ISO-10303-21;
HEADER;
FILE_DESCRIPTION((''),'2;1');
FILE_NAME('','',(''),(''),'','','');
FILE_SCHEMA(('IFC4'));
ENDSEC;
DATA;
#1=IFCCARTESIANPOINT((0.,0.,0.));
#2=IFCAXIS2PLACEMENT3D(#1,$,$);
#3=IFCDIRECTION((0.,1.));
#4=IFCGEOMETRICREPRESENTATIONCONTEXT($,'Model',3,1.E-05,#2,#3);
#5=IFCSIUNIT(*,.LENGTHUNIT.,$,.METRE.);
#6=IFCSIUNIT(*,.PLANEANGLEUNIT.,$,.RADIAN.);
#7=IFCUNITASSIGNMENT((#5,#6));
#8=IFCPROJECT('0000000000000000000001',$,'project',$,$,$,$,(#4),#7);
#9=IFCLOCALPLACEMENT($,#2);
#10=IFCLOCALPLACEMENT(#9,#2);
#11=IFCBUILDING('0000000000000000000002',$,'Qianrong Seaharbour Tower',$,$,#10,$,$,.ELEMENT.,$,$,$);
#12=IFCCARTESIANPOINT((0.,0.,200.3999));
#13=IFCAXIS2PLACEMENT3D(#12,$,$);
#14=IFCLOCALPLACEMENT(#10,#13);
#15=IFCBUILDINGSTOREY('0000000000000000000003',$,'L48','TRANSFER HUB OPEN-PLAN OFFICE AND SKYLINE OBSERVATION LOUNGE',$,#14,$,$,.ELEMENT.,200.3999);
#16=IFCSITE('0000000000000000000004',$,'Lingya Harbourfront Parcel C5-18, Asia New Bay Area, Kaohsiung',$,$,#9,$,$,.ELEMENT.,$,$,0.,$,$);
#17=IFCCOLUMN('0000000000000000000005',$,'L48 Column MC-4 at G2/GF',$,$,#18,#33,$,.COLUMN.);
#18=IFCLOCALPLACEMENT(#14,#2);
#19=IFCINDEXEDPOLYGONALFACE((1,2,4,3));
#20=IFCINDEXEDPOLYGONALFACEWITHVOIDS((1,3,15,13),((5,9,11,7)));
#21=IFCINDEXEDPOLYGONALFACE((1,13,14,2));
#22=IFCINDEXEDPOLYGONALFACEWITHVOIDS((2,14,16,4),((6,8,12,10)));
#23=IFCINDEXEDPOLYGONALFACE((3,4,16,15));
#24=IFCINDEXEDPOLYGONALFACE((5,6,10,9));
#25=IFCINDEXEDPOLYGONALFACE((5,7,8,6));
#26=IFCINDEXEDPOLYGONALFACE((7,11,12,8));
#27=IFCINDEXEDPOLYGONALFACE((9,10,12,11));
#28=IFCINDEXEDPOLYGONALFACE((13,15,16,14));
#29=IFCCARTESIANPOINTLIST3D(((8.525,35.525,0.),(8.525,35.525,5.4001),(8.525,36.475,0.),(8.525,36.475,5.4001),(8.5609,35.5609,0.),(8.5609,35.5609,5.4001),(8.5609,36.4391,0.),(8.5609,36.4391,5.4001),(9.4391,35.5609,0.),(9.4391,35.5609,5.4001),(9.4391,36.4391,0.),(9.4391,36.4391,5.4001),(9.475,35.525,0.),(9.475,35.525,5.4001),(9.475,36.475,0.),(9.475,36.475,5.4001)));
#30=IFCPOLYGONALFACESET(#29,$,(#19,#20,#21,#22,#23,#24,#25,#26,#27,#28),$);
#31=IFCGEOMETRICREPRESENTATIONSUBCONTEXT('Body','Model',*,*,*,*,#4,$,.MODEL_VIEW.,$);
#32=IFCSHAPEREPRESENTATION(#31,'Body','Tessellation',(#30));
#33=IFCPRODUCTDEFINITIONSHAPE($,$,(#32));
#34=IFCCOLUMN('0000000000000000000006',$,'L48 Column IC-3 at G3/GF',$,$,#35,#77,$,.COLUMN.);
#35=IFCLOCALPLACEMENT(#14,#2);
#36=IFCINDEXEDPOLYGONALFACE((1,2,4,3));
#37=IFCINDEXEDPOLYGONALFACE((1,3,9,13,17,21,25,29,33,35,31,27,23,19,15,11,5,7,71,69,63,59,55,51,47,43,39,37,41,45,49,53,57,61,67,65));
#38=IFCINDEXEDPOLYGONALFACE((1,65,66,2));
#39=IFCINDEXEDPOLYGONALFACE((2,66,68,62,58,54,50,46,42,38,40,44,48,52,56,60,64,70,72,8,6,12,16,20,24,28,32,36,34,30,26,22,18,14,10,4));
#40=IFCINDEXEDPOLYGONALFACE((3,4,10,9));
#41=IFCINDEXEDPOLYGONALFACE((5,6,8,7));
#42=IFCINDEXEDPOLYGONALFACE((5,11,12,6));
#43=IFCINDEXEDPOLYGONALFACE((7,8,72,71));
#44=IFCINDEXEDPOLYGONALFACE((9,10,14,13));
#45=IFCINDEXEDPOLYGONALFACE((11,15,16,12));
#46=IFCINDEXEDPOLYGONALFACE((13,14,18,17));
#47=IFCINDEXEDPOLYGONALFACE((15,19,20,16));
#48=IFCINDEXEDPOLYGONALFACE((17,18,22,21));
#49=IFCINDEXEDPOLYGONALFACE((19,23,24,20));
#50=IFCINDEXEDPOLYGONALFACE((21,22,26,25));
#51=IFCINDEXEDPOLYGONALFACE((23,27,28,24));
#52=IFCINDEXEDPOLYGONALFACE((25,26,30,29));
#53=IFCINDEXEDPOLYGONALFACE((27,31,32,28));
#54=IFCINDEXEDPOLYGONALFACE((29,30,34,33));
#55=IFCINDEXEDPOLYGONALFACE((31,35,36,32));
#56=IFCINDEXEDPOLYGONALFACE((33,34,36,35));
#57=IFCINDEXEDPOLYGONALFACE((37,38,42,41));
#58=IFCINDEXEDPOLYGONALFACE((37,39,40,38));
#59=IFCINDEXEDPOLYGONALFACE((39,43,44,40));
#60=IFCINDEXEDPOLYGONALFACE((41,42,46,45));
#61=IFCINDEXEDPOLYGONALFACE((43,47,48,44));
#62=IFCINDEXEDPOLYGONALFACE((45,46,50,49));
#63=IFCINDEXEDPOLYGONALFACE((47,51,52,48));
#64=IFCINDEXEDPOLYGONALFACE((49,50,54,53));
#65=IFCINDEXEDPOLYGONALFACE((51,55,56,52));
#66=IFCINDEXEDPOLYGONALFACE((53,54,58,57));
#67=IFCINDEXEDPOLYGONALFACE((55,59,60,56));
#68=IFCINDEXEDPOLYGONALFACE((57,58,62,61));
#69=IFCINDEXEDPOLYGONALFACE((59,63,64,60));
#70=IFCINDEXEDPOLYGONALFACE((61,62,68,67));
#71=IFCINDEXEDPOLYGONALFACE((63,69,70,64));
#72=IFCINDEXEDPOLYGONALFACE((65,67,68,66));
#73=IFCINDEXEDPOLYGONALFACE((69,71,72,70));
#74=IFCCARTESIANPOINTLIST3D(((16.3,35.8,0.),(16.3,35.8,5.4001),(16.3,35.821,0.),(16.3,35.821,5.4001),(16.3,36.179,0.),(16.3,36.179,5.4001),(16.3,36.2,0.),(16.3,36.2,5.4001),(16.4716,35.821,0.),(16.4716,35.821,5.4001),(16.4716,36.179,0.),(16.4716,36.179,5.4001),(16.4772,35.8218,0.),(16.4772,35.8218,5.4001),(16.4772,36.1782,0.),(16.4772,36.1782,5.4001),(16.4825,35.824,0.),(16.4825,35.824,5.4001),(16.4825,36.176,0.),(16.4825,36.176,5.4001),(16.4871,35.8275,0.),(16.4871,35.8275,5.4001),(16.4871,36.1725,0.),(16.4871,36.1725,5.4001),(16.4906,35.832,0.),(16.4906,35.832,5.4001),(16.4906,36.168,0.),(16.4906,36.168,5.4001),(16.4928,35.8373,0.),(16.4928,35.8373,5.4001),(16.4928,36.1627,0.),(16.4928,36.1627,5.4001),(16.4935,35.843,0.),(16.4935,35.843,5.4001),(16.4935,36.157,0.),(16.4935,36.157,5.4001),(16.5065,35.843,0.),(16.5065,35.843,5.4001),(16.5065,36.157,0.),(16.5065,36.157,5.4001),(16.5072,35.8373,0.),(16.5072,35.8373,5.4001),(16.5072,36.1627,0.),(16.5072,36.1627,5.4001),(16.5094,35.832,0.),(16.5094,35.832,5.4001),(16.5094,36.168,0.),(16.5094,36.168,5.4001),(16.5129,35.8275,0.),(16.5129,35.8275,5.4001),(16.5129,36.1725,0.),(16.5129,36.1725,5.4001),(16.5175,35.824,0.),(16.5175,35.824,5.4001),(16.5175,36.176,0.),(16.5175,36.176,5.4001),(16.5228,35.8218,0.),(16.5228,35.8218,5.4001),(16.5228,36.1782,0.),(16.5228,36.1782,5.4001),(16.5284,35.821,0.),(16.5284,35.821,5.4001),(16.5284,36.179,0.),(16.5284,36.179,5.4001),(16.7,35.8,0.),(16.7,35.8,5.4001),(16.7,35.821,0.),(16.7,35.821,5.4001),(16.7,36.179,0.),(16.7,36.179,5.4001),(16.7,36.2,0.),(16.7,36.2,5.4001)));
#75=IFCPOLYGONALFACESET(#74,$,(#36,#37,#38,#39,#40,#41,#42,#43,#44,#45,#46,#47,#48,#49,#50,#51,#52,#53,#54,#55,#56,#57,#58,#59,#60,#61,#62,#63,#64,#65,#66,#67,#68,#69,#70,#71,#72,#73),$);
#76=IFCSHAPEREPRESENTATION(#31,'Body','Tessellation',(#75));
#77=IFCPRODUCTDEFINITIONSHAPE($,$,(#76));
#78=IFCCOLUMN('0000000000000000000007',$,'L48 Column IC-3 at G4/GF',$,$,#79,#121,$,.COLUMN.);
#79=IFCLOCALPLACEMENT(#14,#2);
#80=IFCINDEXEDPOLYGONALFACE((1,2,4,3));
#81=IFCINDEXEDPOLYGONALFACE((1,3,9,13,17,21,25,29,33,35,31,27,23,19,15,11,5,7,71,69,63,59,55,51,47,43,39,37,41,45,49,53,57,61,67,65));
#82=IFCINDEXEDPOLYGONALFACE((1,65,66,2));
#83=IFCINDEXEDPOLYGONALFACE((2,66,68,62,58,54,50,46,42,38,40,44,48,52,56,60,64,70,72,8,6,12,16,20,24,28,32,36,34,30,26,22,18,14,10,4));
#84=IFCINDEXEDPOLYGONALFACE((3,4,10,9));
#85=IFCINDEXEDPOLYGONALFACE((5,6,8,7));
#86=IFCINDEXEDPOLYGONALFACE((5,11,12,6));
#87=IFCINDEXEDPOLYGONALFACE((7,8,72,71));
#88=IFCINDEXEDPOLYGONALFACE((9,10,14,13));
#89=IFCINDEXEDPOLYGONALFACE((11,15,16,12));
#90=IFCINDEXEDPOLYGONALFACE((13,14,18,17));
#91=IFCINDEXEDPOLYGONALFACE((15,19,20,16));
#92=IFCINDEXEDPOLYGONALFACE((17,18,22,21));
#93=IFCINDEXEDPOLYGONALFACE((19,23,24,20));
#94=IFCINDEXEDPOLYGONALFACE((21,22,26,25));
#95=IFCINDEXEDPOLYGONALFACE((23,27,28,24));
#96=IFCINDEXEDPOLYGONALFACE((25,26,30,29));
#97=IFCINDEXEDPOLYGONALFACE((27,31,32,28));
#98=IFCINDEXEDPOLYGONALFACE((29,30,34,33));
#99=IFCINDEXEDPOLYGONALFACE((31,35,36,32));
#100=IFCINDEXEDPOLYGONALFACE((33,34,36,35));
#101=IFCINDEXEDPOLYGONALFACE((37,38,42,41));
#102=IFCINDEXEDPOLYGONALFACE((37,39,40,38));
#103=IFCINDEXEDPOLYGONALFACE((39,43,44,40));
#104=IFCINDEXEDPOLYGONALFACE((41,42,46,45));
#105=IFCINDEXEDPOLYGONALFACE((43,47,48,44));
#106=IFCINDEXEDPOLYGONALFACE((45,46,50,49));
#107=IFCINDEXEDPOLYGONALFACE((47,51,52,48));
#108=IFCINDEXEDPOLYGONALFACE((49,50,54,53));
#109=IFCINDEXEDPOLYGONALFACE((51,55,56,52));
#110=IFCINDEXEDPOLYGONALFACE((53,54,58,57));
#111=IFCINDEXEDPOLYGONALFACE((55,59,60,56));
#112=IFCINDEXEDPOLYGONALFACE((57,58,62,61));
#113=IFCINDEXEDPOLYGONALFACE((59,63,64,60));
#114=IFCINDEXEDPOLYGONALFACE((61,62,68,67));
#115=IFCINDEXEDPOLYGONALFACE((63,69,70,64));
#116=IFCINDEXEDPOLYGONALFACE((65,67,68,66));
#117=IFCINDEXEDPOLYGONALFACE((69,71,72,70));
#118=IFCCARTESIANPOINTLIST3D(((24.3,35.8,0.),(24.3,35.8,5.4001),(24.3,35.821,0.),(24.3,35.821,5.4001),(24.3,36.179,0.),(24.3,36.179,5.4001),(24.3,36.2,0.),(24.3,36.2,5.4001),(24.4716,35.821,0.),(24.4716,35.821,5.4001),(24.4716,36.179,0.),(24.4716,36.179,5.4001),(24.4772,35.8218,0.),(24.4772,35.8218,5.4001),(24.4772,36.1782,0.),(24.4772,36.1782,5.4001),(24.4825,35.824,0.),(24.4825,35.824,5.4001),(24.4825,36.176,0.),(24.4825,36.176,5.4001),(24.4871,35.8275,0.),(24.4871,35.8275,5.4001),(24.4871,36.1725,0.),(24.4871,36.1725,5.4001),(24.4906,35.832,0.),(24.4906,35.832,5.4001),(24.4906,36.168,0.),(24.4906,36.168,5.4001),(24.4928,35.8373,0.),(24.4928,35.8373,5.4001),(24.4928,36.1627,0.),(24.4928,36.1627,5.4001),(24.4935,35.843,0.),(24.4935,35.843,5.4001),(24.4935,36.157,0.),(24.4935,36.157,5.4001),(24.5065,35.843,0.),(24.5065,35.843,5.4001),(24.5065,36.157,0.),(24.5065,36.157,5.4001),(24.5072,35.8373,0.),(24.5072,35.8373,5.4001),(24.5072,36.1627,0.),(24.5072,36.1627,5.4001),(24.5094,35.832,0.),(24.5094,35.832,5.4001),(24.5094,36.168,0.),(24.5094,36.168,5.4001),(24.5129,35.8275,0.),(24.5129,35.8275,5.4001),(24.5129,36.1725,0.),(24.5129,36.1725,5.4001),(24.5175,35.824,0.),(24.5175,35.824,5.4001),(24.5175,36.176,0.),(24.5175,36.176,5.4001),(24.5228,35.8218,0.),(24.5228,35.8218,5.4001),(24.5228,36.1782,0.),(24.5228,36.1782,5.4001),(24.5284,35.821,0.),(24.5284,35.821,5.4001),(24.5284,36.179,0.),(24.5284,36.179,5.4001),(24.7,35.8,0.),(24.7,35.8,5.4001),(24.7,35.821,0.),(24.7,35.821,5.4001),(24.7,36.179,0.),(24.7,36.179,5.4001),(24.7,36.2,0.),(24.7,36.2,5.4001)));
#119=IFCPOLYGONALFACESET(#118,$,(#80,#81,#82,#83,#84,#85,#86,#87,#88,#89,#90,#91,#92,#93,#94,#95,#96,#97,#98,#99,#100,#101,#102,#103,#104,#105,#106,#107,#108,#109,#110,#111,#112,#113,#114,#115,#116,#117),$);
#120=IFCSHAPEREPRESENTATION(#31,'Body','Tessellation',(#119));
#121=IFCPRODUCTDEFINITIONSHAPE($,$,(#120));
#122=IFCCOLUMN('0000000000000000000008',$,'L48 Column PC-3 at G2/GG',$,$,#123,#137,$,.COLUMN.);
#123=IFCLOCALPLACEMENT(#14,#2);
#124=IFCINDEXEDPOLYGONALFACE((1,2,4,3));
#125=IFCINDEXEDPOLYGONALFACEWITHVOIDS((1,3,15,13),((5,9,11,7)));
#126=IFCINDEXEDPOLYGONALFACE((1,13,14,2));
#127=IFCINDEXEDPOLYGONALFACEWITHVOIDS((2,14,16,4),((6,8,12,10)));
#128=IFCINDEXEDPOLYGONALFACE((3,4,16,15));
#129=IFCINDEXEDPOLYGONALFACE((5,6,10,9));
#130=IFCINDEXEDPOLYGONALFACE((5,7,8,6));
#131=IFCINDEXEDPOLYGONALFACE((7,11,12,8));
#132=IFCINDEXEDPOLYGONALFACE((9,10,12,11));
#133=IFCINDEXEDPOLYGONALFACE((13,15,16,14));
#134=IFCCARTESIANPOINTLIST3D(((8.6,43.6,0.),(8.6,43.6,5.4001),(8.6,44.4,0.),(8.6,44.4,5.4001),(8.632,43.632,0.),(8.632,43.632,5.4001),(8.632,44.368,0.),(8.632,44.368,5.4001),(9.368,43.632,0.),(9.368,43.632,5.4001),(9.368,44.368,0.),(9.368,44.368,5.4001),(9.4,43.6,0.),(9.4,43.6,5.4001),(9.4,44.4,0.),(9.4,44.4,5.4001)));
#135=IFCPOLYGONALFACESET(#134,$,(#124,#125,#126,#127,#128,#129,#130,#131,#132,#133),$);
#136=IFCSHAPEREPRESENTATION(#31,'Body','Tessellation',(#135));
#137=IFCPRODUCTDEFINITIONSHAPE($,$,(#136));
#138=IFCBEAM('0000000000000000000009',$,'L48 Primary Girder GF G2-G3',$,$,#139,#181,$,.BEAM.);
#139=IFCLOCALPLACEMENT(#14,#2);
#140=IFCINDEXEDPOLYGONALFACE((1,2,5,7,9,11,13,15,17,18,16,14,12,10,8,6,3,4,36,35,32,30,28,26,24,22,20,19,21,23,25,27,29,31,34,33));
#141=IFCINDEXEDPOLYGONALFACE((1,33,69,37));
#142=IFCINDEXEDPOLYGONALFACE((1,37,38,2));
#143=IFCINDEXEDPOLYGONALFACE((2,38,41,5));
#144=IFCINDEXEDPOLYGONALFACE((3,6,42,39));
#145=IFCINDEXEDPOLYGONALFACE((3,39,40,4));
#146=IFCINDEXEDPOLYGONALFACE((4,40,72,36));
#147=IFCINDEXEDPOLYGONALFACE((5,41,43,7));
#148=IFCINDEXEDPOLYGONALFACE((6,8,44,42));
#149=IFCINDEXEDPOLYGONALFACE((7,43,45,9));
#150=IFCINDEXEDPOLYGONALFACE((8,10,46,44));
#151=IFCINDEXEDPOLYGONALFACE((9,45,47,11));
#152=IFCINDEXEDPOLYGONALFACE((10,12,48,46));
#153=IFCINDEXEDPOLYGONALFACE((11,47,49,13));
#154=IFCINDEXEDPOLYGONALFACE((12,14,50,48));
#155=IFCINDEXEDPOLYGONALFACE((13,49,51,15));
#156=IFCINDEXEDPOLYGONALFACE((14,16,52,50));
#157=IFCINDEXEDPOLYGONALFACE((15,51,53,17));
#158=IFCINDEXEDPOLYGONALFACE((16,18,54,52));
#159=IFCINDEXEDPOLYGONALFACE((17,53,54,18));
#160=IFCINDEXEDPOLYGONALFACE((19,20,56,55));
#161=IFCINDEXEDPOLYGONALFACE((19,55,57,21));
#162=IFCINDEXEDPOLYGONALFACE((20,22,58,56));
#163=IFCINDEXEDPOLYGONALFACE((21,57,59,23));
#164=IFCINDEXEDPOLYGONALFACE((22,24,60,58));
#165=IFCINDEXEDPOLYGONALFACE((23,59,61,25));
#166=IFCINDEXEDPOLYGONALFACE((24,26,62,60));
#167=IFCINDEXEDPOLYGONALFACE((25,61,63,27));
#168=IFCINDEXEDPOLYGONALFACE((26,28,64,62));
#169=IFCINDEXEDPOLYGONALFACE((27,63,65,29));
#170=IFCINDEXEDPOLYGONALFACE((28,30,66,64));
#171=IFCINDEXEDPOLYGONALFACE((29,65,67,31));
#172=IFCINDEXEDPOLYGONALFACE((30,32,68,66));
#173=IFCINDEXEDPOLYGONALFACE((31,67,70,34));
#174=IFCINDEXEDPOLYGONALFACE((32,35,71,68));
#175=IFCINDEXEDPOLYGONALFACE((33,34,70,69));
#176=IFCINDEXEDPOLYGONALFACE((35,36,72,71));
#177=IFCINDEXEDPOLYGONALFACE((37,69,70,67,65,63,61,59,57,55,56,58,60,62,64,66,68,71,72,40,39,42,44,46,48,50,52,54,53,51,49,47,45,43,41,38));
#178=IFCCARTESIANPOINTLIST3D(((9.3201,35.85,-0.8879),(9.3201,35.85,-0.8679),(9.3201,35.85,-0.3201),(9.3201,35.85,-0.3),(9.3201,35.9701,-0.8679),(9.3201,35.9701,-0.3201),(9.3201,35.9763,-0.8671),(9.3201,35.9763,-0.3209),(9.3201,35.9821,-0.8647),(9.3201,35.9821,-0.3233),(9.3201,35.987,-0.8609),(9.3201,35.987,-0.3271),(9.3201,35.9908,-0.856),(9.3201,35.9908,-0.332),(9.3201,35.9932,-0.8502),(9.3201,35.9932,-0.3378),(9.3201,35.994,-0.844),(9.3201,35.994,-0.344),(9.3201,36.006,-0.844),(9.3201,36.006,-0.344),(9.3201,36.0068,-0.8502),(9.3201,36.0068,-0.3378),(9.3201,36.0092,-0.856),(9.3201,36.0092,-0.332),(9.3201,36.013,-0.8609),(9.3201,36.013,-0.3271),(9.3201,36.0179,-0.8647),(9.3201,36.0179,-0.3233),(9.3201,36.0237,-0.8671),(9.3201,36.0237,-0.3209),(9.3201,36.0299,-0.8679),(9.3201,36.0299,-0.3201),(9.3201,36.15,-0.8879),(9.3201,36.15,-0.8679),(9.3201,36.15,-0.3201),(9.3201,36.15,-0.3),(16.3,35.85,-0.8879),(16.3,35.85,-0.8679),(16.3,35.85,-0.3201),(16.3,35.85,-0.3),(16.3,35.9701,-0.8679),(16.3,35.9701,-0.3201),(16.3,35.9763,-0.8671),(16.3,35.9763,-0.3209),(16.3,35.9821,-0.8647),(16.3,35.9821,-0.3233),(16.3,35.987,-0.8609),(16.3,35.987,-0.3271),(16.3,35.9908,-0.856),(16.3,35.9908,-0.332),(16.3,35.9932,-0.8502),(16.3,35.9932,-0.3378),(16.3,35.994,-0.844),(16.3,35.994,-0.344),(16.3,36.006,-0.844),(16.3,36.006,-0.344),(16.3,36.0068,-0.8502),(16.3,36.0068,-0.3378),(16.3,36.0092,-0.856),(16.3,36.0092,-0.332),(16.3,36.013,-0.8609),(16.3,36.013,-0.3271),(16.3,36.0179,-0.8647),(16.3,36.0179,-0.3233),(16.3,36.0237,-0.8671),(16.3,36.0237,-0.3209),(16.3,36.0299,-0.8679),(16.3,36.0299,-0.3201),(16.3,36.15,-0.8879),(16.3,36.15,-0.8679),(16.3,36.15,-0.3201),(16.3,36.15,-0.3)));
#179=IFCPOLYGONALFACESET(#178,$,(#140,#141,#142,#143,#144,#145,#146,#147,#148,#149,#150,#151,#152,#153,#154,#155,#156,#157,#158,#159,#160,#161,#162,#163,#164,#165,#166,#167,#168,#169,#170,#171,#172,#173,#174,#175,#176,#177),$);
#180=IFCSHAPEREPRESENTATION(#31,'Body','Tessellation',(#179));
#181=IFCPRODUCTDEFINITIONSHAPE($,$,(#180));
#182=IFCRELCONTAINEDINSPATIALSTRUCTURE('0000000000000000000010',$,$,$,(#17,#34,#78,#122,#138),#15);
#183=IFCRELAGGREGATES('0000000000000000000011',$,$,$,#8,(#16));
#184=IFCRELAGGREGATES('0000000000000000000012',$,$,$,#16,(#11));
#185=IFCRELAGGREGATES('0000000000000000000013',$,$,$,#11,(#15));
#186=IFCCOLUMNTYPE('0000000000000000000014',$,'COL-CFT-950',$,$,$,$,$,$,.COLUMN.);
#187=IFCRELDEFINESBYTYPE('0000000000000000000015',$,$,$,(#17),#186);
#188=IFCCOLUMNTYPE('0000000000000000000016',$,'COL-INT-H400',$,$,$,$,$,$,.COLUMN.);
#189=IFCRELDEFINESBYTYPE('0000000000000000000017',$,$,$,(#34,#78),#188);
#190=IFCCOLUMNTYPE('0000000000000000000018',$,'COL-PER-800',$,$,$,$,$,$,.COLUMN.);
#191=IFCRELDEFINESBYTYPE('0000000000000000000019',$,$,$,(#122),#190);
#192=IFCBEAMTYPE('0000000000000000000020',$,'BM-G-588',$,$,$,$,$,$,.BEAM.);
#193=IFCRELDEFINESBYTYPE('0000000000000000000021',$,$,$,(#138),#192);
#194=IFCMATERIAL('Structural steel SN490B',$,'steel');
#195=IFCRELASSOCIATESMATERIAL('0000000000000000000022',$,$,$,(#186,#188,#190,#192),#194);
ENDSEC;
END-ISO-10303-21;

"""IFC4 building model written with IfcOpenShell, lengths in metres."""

from ifc_helpers import new_model, si_unit, direction, frame, origin, origin_2d, place, context, subcontext, project, spatial, hollow_rectangle, i_section, extrude, material, material_profile, profile_set, type_object, element, save


model = new_model("IFC4")

# Units and contexts
model_context = context("Model", 3, precision=1e-05, world=origin(), true_north=direction((0.0, 1.0)))
body_context = subcontext(model_context, "Body", "Model", "MODEL_VIEW")
ifc_project = project(units=[si_unit("LENGTHUNIT", "METRE"), si_unit("PLANEANGLEUNIT", "RADIAN")], contexts=[model_context])

# Site, building, storey
site_placement = place(None, origin())
site = spatial("IfcSite", under=ifc_project, at=site_placement, Name="Lingya Harbourfront Parcel C5-18, Asia New Bay Area, Kaohsiung", CompositionType="ELEMENT", RefElevation=0.0)
building_placement = place(site_placement, origin())
building = spatial("IfcBuilding", under=site, at=building_placement, Name="Qianrong Seaharbour Tower", CompositionType="ELEMENT")
storey_placement = place(building_placement, frame((0.0, 0.0, 200.3999)))
storey = spatial("IfcBuildingStorey", under=building, at=storey_placement, Name="L48", Description="TRANSFER HUB OPEN-PLAN OFFICE AND SKYLINE OBSERVATION LOUNGE", CompositionType="ELEMENT", Elevation=200.3999)

# Columns
ifc_material_1 = material(Name="Structural steel SN490B", Category="steel")
ifc_material_profile_1 = material_profile(ifc_material_1, hollow_rectangle(XDim=0.95, YDim=0.95, WallThickness=0.0359, at=origin_2d()), Name="BOX950x950x36")
ifc_profile_set_1 = profile_set([ifc_material_profile_1], Name="Structural steel SN490B")
column_type_1 = type_object("IfcColumnType", Name="COL-CFT-950", PredefinedType="COLUMN", material=ifc_profile_set_1)
column_1_placement = place(storey_placement, frame((9.0, 36.0, 0.0), z_axis=(0.0, 0.0, 1.0), x_axis=(1.0, 0.0, 0.0)))
element("IfcColumn", 1, at=column_1_placement, inside=storey, type_object=column_type_1, Name="L48 Column MC-4 at G2/GF", PredefinedType="COLUMN", context=body_context, shape_type="SweptSolid", body=[
    extrude(hollow_rectangle(XDim=0.95, YDim=0.95, WallThickness=0.0359, at=origin_2d()), origin(), (0.0, 0.0, 1.0), 5.4001),
])
ifc_material_profile_2 = material_profile(ifc_material_1, i_section(OverallWidth=0.3999, OverallDepth=0.3999, WebThickness=0.0129, FlangeThickness=0.021, FilletRadius=0.022, at=origin_2d()), Name="H400x400x13x21")
ifc_profile_set_2 = profile_set([ifc_material_profile_2], Name="Structural steel SN490B")
column_type_2 = type_object("IfcColumnType", Name="COL-INT-H400", PredefinedType="COLUMN", material=ifc_profile_set_2)
for number, where, z_axis, x_axis, name in (
    (2, (16.5, 36.0, 0.0), (0.0, 0.0, 1.0), (1.0, 0.0, 0.0), "L48 Column IC-3 at G3/GF"),
    (3, (24.5, 36.0, 0.0), (0.0, 0.0, 1.0), (1.0, 0.0, 0.0), "L48 Column IC-3 at G4/GF"),
):
    element("IfcColumn", number, at=place(storey_placement, frame(where, z_axis=z_axis, x_axis=x_axis)), inside=storey, type_object=column_type_2, Name=name, PredefinedType="COLUMN", context=body_context, shape_type="SweptSolid", body=[
        extrude(i_section(OverallWidth=0.3999, OverallDepth=0.3999, WebThickness=0.0129, FlangeThickness=0.021, FilletRadius=0.022, at=origin_2d()), origin(), (0.0, 0.0, 1.0), 5.4001),
    ])
ifc_material_profile_3 = material_profile(ifc_material_1, hollow_rectangle(XDim=0.8, YDim=0.8, WallThickness=0.032, at=origin_2d()), Name="BOX800x800x32")
ifc_profile_set_3 = profile_set([ifc_material_profile_3], Name="Structural steel SN490B")
column_type_3 = type_object("IfcColumnType", Name="COL-PER-800", PredefinedType="COLUMN", material=ifc_profile_set_3)
column_2_placement = place(storey_placement, frame((9.0, 44.0, 0.0), z_axis=(0.0, 0.0, 1.0), x_axis=(1.0, 0.0, 0.0)))
element("IfcColumn", 4, at=column_2_placement, inside=storey, type_object=column_type_3, Name="L48 Column PC-3 at G2/GG", PredefinedType="COLUMN", context=body_context, shape_type="SweptSolid", body=[
    extrude(hollow_rectangle(XDim=0.8, YDim=0.8, WallThickness=0.032, at=origin_2d()), origin(), (0.0, 0.0, 1.0), 5.4001),
])

# Beam
ifc_material_profile_4 = material_profile(ifc_material_1, i_section(OverallWidth=0.3, OverallDepth=0.5879, WebThickness=0.012, FlangeThickness=0.02, FilletRadius=0.0239, at=origin_2d()), Name="H588x300x12x20")
ifc_profile_set_4 = profile_set([ifc_material_profile_4], Name="Structural steel SN490B")
beam_type_1 = type_object("IfcBeamType", Name="BM-G-588", PredefinedType="BEAM", material=ifc_profile_set_4)
beam_1_placement = place(storey_placement, frame((9.3201, 36.0, -0.594), z_axis=(1.0, 0.0, 0.0), x_axis=(0.0, 1.0, 0.0)))
element("IfcBeam", 5, at=beam_1_placement, inside=storey, type_object=beam_type_1, Name="L48 Primary Girder GF G2-G3", PredefinedType="BEAM", context=body_context, shape_type="SweptSolid", body=[
    extrude(i_section(OverallWidth=0.3, OverallDepth=0.5879, WebThickness=0.012, FlangeThickness=0.02, FilletRadius=0.0239, at=origin_2d()), origin(), (0.0, 0.0, 1.0), 6.98),
])

save(model, "model.ifc")
